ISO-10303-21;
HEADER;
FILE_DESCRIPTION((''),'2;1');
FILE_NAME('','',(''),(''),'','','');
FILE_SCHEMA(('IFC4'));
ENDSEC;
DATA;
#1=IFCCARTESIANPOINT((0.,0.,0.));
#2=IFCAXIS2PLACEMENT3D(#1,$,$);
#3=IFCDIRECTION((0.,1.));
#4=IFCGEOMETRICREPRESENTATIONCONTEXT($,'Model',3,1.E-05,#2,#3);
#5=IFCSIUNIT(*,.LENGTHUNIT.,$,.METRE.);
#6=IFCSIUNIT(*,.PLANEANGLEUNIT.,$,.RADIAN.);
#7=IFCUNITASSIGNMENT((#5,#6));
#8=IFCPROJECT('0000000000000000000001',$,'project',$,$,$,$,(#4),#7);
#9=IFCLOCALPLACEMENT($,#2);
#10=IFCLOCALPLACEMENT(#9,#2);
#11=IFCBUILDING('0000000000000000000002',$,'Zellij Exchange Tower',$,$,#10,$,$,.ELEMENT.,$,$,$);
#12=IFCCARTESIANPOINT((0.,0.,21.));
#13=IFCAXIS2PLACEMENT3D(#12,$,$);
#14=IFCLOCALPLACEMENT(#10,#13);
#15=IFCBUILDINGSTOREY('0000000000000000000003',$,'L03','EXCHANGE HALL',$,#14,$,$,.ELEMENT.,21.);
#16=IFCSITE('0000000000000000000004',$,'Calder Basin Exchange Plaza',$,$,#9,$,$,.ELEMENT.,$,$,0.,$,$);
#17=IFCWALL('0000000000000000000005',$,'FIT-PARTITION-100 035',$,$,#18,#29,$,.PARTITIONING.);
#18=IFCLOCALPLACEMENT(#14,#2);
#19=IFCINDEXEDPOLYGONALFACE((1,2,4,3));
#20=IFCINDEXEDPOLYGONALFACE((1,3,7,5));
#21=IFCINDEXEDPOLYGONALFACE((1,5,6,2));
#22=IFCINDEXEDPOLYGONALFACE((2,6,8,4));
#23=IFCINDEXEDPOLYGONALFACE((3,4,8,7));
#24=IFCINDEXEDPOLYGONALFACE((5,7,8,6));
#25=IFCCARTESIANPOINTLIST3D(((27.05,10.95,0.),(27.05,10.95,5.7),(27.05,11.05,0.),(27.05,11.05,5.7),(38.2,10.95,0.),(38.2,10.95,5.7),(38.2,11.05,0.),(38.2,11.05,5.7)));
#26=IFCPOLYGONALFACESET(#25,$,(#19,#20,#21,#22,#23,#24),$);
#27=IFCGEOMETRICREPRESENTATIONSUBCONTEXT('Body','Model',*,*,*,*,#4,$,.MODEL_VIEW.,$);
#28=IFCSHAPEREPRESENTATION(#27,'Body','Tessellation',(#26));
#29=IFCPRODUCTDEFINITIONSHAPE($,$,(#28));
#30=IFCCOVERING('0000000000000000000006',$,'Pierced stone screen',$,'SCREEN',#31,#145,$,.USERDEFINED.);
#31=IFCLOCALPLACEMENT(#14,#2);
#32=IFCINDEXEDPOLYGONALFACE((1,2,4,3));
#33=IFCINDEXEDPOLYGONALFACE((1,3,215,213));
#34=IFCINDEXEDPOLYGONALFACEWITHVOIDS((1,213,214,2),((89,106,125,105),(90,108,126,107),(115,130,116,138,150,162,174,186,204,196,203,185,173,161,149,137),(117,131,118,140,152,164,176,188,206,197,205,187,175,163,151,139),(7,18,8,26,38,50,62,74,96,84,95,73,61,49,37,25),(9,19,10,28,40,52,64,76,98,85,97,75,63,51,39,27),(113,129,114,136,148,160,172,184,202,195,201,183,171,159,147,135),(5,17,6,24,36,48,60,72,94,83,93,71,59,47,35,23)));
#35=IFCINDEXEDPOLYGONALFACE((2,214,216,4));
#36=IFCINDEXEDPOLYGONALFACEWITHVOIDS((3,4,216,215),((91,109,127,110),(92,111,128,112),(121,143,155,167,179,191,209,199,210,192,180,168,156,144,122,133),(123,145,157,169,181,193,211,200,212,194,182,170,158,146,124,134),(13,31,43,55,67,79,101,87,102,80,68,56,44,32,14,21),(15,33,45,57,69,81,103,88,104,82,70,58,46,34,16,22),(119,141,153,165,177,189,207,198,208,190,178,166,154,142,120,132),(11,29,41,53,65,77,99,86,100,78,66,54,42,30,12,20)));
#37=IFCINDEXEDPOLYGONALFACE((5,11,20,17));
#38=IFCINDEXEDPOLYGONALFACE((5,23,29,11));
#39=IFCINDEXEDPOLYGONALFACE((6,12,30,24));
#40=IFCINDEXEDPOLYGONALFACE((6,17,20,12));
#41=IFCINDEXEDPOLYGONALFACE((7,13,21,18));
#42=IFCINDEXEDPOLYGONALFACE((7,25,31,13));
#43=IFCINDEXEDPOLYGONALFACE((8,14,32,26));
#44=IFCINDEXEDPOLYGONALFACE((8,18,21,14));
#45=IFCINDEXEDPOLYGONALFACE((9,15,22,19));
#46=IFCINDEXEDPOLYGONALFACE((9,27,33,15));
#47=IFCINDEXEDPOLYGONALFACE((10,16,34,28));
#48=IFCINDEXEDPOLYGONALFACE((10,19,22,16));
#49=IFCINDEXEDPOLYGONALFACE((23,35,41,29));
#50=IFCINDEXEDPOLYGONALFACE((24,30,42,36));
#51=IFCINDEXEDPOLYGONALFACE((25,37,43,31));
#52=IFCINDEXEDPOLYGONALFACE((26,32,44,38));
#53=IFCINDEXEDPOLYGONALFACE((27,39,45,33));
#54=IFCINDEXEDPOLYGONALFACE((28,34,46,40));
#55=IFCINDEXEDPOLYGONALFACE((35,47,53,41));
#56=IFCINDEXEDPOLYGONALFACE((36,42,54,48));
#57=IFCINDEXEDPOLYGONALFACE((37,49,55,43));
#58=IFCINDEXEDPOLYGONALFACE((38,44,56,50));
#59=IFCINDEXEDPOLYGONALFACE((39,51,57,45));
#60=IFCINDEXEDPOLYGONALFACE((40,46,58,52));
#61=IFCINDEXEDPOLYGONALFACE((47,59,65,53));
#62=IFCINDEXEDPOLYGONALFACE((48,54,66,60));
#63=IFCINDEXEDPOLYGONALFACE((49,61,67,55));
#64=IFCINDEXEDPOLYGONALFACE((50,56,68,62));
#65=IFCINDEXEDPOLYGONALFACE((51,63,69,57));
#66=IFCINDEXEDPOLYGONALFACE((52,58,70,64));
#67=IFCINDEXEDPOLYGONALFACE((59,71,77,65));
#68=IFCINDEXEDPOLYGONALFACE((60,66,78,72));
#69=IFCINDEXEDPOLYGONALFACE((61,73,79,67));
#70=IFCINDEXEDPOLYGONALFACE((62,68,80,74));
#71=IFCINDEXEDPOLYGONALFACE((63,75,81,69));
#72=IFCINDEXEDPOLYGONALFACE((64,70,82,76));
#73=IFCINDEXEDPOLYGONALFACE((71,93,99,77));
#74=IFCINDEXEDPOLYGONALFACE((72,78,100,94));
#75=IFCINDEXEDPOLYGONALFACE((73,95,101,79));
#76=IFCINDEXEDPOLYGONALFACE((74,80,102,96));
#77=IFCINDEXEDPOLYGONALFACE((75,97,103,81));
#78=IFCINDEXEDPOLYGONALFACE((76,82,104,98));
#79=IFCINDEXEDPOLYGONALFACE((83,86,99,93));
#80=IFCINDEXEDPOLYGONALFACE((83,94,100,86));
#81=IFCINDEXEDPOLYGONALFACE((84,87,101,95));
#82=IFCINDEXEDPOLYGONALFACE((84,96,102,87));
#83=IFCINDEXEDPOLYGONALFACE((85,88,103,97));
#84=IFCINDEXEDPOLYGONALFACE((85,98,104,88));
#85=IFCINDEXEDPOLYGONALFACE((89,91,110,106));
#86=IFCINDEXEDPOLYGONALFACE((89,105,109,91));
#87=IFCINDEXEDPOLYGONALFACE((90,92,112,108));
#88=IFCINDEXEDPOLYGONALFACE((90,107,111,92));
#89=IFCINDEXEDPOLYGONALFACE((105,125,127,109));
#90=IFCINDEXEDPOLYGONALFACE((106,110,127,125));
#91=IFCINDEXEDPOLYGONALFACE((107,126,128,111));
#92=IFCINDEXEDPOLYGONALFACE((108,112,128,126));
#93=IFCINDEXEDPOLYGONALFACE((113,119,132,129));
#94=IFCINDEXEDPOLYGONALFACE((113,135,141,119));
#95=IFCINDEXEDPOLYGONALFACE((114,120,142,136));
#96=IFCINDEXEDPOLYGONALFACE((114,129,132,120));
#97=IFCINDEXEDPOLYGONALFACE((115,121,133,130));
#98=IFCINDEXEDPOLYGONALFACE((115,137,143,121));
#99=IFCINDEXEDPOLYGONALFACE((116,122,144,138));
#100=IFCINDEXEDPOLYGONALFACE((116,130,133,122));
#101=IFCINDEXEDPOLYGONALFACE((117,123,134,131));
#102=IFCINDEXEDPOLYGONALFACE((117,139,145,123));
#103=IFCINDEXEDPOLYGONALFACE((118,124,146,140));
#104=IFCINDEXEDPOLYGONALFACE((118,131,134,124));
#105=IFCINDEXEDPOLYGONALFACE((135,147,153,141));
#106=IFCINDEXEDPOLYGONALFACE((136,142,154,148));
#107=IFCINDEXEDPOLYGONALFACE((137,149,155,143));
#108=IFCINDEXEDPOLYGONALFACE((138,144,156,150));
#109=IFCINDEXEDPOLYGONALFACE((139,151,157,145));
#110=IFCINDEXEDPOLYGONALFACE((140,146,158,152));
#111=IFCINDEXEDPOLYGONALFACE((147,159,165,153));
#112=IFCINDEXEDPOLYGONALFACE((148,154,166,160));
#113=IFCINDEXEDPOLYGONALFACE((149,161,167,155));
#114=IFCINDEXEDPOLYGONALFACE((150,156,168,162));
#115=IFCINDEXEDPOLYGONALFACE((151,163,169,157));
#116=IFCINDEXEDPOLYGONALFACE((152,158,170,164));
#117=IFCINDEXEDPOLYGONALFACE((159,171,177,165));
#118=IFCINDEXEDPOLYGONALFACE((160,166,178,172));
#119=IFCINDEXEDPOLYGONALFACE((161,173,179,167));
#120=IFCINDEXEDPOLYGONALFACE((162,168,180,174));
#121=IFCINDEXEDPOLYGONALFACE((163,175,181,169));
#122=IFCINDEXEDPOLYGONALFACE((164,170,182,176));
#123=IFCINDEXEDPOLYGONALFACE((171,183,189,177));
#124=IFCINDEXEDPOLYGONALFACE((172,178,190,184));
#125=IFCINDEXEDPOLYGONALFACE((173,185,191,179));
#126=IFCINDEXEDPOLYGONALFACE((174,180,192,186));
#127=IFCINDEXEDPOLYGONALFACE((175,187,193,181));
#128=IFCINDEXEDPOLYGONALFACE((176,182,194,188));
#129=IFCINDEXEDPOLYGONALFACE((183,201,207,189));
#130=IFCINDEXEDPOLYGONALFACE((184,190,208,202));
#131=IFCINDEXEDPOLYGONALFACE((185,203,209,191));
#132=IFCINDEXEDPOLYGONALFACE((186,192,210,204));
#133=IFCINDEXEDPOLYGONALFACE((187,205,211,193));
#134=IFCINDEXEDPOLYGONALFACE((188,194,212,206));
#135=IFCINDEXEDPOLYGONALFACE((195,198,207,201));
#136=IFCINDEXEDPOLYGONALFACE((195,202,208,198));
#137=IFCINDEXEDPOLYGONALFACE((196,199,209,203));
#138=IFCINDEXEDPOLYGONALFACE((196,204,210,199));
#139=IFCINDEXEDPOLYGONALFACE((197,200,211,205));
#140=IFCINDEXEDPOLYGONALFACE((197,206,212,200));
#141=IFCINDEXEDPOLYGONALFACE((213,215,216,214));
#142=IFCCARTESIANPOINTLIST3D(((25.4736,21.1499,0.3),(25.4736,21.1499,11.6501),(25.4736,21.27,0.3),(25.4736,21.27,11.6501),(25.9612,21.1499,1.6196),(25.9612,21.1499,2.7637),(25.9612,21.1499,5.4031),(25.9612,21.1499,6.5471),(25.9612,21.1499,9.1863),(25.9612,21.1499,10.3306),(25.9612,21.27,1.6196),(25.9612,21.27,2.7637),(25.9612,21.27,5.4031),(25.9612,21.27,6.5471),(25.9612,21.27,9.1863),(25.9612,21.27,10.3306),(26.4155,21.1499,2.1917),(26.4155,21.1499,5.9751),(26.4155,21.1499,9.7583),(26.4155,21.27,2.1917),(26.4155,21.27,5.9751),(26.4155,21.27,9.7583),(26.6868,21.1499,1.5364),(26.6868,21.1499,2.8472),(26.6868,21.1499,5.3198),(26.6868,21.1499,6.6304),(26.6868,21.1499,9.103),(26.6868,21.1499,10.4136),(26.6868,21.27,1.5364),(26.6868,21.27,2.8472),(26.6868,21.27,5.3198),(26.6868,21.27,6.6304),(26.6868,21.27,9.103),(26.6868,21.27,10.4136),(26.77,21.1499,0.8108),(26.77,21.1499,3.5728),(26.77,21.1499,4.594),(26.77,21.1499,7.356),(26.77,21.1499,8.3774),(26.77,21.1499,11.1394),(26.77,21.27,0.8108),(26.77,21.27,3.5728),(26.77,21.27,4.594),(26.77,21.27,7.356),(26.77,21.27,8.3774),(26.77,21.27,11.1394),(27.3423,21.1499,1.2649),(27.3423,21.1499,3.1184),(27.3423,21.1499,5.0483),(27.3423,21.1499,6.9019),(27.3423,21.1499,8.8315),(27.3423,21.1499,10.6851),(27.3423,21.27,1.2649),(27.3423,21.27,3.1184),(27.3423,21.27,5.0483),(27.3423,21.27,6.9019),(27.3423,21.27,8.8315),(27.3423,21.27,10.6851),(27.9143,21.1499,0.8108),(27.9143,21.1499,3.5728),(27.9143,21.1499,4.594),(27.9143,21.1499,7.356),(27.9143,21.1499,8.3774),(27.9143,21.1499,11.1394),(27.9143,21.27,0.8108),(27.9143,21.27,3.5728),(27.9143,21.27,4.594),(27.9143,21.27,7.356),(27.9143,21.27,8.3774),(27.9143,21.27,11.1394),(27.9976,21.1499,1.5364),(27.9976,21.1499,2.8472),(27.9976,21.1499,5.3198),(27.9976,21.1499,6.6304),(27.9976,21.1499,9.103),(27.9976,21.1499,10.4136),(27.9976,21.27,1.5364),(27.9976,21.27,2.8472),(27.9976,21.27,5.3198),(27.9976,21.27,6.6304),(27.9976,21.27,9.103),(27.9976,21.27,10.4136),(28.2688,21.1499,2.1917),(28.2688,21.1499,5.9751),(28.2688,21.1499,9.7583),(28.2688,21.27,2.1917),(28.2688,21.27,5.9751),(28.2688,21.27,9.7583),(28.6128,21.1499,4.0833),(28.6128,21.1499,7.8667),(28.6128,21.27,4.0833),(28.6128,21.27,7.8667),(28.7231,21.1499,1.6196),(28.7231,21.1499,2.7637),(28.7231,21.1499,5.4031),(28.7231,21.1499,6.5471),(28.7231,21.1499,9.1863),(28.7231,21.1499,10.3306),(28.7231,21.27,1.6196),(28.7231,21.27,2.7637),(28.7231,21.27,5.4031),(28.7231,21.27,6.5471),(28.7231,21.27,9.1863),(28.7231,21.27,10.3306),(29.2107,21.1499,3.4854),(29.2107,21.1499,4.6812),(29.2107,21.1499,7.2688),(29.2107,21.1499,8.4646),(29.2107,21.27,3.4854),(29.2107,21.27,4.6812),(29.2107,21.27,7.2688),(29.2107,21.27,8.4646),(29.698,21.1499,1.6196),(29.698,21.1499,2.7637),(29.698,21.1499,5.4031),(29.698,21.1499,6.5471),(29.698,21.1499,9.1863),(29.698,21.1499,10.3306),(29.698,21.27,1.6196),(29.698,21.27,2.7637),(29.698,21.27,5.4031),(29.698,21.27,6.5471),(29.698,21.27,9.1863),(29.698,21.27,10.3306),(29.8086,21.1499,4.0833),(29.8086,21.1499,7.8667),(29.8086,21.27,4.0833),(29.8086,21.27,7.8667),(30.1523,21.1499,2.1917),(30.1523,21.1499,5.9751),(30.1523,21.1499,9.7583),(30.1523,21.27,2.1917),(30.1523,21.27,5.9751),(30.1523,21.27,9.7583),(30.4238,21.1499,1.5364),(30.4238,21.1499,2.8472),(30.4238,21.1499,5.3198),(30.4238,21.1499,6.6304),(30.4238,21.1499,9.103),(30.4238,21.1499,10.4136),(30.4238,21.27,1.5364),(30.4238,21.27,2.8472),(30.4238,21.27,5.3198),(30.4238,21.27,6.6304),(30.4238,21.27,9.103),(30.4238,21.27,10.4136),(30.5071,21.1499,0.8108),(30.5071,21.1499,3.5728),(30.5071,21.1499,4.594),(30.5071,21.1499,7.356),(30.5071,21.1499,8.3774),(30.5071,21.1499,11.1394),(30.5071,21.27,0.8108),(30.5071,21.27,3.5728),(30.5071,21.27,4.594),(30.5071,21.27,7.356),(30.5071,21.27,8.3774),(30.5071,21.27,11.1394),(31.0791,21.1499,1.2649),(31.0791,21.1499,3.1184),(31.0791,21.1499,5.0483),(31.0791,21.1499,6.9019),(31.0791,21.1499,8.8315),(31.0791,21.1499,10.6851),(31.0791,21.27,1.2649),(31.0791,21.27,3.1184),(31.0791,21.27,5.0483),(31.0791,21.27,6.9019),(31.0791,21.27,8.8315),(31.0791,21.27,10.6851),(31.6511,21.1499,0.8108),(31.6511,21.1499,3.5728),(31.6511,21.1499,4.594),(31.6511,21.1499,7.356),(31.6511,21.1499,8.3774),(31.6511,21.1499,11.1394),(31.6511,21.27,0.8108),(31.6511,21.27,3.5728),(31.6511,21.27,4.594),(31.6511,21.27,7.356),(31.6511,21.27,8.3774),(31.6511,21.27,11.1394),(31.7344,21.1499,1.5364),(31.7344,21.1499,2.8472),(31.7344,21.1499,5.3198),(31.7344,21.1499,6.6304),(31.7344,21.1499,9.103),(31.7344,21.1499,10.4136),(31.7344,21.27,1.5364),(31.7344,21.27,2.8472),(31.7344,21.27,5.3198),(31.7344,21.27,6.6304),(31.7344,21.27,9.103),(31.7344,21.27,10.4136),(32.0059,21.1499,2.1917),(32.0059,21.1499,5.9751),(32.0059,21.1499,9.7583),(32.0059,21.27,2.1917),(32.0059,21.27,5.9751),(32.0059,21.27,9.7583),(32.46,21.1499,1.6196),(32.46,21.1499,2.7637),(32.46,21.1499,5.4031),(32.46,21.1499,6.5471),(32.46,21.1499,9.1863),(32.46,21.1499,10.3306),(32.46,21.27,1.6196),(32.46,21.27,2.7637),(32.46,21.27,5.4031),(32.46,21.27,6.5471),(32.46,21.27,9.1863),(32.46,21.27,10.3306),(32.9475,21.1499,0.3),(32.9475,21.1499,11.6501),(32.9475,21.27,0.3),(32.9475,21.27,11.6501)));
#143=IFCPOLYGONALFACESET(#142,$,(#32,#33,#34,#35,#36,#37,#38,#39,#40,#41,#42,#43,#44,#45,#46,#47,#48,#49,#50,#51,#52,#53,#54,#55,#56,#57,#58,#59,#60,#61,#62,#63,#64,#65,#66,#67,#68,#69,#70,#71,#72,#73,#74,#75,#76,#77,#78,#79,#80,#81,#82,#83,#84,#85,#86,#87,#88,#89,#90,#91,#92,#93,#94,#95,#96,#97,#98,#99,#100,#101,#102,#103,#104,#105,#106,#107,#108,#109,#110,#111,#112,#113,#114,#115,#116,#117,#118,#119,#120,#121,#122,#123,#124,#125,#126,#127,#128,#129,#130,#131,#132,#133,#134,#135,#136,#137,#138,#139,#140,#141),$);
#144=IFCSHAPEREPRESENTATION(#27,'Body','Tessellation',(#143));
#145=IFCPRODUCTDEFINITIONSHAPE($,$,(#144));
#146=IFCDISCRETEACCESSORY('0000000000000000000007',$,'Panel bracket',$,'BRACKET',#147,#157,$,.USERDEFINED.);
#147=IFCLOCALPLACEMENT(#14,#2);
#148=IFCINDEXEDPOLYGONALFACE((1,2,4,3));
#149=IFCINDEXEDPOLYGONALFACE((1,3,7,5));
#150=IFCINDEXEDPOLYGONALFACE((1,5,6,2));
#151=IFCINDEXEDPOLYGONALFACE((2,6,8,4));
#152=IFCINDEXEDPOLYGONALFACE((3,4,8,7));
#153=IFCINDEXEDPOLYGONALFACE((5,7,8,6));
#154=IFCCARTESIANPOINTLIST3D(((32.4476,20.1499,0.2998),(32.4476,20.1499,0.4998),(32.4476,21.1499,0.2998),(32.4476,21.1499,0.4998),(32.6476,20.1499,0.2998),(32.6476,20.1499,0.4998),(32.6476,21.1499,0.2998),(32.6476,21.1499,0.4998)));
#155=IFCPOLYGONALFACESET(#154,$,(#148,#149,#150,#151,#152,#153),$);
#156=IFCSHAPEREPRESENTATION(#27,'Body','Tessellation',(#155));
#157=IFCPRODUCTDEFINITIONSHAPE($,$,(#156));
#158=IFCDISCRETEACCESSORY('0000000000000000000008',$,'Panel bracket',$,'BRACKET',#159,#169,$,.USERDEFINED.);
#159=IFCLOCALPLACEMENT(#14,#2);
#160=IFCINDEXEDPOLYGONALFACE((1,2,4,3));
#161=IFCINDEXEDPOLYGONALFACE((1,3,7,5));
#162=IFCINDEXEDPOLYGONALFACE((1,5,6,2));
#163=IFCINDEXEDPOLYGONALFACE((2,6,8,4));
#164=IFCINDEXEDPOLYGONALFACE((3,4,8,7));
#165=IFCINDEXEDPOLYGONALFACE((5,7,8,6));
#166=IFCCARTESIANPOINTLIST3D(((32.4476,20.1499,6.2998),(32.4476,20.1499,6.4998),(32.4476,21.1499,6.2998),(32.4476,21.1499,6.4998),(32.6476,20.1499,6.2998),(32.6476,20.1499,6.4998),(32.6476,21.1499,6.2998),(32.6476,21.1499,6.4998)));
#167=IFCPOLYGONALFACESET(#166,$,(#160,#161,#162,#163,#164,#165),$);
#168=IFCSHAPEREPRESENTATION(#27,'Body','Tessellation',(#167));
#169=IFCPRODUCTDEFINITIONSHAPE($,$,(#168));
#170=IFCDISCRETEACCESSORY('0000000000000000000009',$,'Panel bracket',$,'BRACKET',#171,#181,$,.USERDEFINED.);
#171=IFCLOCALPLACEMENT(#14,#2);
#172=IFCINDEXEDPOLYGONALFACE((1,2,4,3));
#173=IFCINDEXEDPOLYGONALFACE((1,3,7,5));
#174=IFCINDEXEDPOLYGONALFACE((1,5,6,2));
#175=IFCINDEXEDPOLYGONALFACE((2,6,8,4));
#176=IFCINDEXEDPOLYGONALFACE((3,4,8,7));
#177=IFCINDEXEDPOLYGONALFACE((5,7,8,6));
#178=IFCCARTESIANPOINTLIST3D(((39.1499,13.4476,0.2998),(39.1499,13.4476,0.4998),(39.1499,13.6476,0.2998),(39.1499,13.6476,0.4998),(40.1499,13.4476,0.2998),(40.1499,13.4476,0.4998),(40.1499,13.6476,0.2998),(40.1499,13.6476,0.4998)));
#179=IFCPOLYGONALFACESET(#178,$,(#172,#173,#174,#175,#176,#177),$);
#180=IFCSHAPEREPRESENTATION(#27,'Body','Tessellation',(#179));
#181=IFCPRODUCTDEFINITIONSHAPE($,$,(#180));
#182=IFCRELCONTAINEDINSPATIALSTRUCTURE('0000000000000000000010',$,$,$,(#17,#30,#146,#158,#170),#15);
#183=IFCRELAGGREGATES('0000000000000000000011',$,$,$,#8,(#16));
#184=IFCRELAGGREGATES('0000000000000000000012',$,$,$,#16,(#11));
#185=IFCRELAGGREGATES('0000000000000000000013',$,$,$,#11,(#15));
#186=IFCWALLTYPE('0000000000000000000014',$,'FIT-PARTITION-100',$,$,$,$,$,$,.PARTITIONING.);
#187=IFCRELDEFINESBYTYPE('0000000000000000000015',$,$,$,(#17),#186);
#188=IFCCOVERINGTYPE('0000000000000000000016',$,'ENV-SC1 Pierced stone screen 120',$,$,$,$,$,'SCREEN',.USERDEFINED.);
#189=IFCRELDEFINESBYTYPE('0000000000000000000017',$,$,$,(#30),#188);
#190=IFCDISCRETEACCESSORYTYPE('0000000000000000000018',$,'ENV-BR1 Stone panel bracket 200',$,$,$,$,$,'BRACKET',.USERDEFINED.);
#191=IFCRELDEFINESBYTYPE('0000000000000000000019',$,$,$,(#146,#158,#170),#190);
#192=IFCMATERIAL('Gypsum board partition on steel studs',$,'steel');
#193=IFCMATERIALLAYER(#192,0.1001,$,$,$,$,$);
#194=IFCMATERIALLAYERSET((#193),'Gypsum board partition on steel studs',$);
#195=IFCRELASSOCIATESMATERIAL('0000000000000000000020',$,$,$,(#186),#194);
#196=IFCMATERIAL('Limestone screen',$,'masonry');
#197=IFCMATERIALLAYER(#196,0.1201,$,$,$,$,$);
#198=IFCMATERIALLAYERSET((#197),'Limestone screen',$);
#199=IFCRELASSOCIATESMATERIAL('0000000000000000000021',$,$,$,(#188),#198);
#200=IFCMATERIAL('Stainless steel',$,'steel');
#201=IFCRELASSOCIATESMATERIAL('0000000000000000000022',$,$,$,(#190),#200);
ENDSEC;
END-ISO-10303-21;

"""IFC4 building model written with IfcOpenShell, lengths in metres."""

from ifc_helpers import new_model, si_unit, direction, frame, frame_2d, origin, origin_2d, place, context, subcontext, project, spatial, polyline, rectangle, outline, extrude, material, layer, layer_set, type_object, element, save


model = new_model("IFC4")

# Units and contexts
model_context = context("Model", 3, precision=1e-05, world=origin(), true_north=direction((0.0, 1.0)))
body_context = subcontext(model_context, "Body", "Model", "MODEL_VIEW")
ifc_project = project(units=[si_unit("LENGTHUNIT", "METRE"), si_unit("PLANEANGLEUNIT", "RADIAN")], contexts=[model_context])

# Site, building, storey
site_placement = place(None, origin())
site = spatial("IfcSite", under=ifc_project, at=site_placement, Name="Calder Basin Exchange Plaza", CompositionType="ELEMENT", RefElevation=0.0)
building_placement = place(site_placement, origin())
building = spatial("IfcBuilding", under=site, at=building_placement, Name="Zellij Exchange Tower", CompositionType="ELEMENT")
storey_placement = place(building_placement, frame((0.0, 0.0, 21.0)))
storey = spatial("IfcBuildingStorey", under=building, at=storey_placement, Name="L03", Description="EXCHANGE HALL", CompositionType="ELEMENT", Elevation=21.0)

# Wall
ifc_material_1 = material(Name="Gypsum board partition on steel studs", Category="steel")
ifc_layer_1 = layer(ifc_material_1, 0.1001)
ifc_layer_set_1 = layer_set([ifc_layer_1], Name="Gypsum board partition on steel studs")
wall_type_1 = type_object("IfcWallType", Name="FIT-PARTITION-100", PredefinedType="PARTITIONING", material=ifc_layer_set_1)
wall_1_placement = place(storey_placement, frame((27.05, 11.0, 0.0), z_axis=(0.0, 0.0, 1.0), x_axis=(1.0, 0.0, 0.0)))
element("IfcWall", 1, at=wall_1_placement, inside=storey, type_object=wall_type_1, Name="FIT-PARTITION-100 035", PredefinedType="PARTITIONING", context=body_context, shape_type="SweptSolid", body=[
    extrude(rectangle(XDim=11.1499, YDim=0.1001, at=frame_2d((5.575, 0.0))), origin(), (0.0, 0.0, 1.0), 5.7),
])

# Covering
ifc_material_2 = material(Name="Limestone screen", Category="masonry")
ifc_layer_2 = layer(ifc_material_2, 0.1201)
ifc_layer_set_2 = layer_set([ifc_layer_2], Name="Limestone screen")
covering_type = type_object("IfcCoveringType", Name="ENV-SC1 Pierced stone screen 120", ElementType="SCREEN", PredefinedType="USERDEFINED", material=ifc_layer_set_2)
covering_placement = place(storey_placement, frame((32.9475, 21.21, 0.3), z_axis=(0.0, 0.0, 1.0), x_axis=(-1.0, 0.0, 0.0)))
element("IfcCovering", 2, at=covering_placement, inside=storey, type_object=covering_type, Name="Pierced stone screen", ObjectType="SCREEN", PredefinedType="USERDEFINED", context=body_context, shape_type="SweptSolid", body=[
    extrude(outline(polyline([(0.0, 0.0), (7.4739, 0.0), (7.4739, 11.3501), (0.0, 11.3501), (0.0, 0.0)]), holes=[polyline([(3.2495, 2.4636), (2.5237, 2.5471), (2.4404, 3.2727), (1.8684, 2.8184), (1.2964, 3.2727), (1.2131, 2.5471), (0.4875, 2.4636), (0.9417, 1.8916), (0.4875, 1.3196), (1.2131, 1.2363), (1.2964, 0.5107), (1.8684, 0.9648), (2.4404, 0.5107), (2.5237, 1.2363), (3.2495, 1.3196), (2.7952, 1.8916), (3.2495, 2.4636)]), polyline([(3.2495, 6.2471), (2.5237, 6.3303), (2.4404, 7.0559), (1.8684, 6.6018), (1.2964, 7.0559), (1.2131, 6.3303), (0.4875, 6.2471), (0.9417, 5.675), (0.4875, 5.103), (1.2131, 5.0198), (1.2964, 4.2939), (1.8684, 4.7483), (2.4404, 4.2939), (2.5237, 5.0198), (3.2495, 5.103), (2.7952, 5.675), (3.2495, 6.2471)]), polyline([(3.2495, 10.0305), (2.5237, 10.1135), (2.4404, 10.8394), (1.8684, 10.385), (1.2964, 10.8394), (1.2131, 10.1135), (0.4875, 10.0305), (0.9417, 9.4583), (0.4875, 8.8862), (1.2131, 8.803), (1.2964, 8.0774), (1.8684, 8.5315), (2.4404, 8.0774), (2.5237, 8.803), (3.2495, 8.8862), (2.7952, 9.4583), (3.2495, 10.0305)]), polyline([(6.9863, 2.4636), (6.2607, 2.5471), (6.1775, 3.2727), (5.6052, 2.8184), (5.0332, 3.2727), (4.95, 2.5471), (4.2244, 2.4636), (4.6787, 1.8916), (4.2244, 1.3196), (4.95, 1.2363), (5.0332, 0.5107), (5.6052, 0.9648), (6.1775, 0.5107), (6.2607, 1.2363), (6.9863, 1.3196), (6.532, 1.8916), (6.9863, 2.4636)]), polyline([(6.9863, 6.2471), (6.2607, 6.3303), (6.1775, 7.0559), (5.6052, 6.6018), (5.0332, 7.0559), (4.95, 6.3303), (4.2244, 6.2471), (4.6787, 5.675), (4.2244, 5.103), (4.95, 5.0198), (5.0332, 4.2939), (5.6052, 4.7483), (6.1775, 4.2939), (6.2607, 5.0198), (6.9863, 5.103), (6.532, 5.675), (6.9863, 6.2471)]), polyline([(6.9863, 10.0305), (6.2607, 10.1135), (6.1775, 10.8394), (5.6052, 10.385), (5.0332, 10.8394), (4.95, 10.1135), (4.2244, 10.0305), (4.6787, 9.4583), (4.2244, 8.8862), (4.95, 8.803), (5.0332, 8.0774), (5.6052, 8.5315), (6.1775, 8.0774), (6.2607, 8.803), (6.9863, 8.8862), (6.532, 9.4583), (6.9863, 10.0305)]), polyline([(4.3347, 3.7832), (3.7368, 4.3811), (3.1389, 3.7832), (3.7368, 3.1853), (4.3347, 3.7832)]), polyline([(4.3347, 7.5667), (3.7368, 8.1646), (3.1389, 7.5667), (3.7368, 6.9688), (4.3347, 7.5667)])]), frame((0.0, 0.0601, 0.0), z_axis=(0.0, -1.0, 0.0), x_axis=(1.0, 0.0, 0.0)), (0.0, 0.0, 1.0), 0.1201),
])

# Discrete accessories
ifc_material_3 = material(Name="Stainless steel", Category="steel")
discrete_accessory_type = type_object("IfcDiscreteAccessoryType", Name="ENV-BR1 Stone panel bracket 200", ElementType="BRACKET", PredefinedType="USERDEFINED", material=ifc_material_3)
for number, where, z_axis, x_axis, name in (
    (3, (32.5476, 20.6499, 0.2998), (0.0, 0.0, 1.0), (-1.0, 0.0, 0.0), "Panel bracket"),
    (4, (32.5476, 20.6499, 6.2998), (0.0, 0.0, 1.0), (-1.0, 0.0, 0.0), "Panel bracket"),
    (5, (39.6499, 13.5476, 0.2998), (0.0, 0.0, 1.0), (0.0, 1.0, 0.0), "Panel bracket"),
):
    element("IfcDiscreteAccessory", number, at=place(storey_placement, frame(where, z_axis=z_axis, x_axis=x_axis)), inside=storey, type_object=discrete_accessory_type, Name=name, ObjectType="BRACKET", PredefinedType="USERDEFINED", context=body_context, shape_type="SweptSolid", body=[
        extrude(rectangle(XDim=0.2, YDim=1.0, at=origin_2d()), origin(), (0.0, 0.0, 1.0), 0.2),
    ])

save(model, "model.ifc")
